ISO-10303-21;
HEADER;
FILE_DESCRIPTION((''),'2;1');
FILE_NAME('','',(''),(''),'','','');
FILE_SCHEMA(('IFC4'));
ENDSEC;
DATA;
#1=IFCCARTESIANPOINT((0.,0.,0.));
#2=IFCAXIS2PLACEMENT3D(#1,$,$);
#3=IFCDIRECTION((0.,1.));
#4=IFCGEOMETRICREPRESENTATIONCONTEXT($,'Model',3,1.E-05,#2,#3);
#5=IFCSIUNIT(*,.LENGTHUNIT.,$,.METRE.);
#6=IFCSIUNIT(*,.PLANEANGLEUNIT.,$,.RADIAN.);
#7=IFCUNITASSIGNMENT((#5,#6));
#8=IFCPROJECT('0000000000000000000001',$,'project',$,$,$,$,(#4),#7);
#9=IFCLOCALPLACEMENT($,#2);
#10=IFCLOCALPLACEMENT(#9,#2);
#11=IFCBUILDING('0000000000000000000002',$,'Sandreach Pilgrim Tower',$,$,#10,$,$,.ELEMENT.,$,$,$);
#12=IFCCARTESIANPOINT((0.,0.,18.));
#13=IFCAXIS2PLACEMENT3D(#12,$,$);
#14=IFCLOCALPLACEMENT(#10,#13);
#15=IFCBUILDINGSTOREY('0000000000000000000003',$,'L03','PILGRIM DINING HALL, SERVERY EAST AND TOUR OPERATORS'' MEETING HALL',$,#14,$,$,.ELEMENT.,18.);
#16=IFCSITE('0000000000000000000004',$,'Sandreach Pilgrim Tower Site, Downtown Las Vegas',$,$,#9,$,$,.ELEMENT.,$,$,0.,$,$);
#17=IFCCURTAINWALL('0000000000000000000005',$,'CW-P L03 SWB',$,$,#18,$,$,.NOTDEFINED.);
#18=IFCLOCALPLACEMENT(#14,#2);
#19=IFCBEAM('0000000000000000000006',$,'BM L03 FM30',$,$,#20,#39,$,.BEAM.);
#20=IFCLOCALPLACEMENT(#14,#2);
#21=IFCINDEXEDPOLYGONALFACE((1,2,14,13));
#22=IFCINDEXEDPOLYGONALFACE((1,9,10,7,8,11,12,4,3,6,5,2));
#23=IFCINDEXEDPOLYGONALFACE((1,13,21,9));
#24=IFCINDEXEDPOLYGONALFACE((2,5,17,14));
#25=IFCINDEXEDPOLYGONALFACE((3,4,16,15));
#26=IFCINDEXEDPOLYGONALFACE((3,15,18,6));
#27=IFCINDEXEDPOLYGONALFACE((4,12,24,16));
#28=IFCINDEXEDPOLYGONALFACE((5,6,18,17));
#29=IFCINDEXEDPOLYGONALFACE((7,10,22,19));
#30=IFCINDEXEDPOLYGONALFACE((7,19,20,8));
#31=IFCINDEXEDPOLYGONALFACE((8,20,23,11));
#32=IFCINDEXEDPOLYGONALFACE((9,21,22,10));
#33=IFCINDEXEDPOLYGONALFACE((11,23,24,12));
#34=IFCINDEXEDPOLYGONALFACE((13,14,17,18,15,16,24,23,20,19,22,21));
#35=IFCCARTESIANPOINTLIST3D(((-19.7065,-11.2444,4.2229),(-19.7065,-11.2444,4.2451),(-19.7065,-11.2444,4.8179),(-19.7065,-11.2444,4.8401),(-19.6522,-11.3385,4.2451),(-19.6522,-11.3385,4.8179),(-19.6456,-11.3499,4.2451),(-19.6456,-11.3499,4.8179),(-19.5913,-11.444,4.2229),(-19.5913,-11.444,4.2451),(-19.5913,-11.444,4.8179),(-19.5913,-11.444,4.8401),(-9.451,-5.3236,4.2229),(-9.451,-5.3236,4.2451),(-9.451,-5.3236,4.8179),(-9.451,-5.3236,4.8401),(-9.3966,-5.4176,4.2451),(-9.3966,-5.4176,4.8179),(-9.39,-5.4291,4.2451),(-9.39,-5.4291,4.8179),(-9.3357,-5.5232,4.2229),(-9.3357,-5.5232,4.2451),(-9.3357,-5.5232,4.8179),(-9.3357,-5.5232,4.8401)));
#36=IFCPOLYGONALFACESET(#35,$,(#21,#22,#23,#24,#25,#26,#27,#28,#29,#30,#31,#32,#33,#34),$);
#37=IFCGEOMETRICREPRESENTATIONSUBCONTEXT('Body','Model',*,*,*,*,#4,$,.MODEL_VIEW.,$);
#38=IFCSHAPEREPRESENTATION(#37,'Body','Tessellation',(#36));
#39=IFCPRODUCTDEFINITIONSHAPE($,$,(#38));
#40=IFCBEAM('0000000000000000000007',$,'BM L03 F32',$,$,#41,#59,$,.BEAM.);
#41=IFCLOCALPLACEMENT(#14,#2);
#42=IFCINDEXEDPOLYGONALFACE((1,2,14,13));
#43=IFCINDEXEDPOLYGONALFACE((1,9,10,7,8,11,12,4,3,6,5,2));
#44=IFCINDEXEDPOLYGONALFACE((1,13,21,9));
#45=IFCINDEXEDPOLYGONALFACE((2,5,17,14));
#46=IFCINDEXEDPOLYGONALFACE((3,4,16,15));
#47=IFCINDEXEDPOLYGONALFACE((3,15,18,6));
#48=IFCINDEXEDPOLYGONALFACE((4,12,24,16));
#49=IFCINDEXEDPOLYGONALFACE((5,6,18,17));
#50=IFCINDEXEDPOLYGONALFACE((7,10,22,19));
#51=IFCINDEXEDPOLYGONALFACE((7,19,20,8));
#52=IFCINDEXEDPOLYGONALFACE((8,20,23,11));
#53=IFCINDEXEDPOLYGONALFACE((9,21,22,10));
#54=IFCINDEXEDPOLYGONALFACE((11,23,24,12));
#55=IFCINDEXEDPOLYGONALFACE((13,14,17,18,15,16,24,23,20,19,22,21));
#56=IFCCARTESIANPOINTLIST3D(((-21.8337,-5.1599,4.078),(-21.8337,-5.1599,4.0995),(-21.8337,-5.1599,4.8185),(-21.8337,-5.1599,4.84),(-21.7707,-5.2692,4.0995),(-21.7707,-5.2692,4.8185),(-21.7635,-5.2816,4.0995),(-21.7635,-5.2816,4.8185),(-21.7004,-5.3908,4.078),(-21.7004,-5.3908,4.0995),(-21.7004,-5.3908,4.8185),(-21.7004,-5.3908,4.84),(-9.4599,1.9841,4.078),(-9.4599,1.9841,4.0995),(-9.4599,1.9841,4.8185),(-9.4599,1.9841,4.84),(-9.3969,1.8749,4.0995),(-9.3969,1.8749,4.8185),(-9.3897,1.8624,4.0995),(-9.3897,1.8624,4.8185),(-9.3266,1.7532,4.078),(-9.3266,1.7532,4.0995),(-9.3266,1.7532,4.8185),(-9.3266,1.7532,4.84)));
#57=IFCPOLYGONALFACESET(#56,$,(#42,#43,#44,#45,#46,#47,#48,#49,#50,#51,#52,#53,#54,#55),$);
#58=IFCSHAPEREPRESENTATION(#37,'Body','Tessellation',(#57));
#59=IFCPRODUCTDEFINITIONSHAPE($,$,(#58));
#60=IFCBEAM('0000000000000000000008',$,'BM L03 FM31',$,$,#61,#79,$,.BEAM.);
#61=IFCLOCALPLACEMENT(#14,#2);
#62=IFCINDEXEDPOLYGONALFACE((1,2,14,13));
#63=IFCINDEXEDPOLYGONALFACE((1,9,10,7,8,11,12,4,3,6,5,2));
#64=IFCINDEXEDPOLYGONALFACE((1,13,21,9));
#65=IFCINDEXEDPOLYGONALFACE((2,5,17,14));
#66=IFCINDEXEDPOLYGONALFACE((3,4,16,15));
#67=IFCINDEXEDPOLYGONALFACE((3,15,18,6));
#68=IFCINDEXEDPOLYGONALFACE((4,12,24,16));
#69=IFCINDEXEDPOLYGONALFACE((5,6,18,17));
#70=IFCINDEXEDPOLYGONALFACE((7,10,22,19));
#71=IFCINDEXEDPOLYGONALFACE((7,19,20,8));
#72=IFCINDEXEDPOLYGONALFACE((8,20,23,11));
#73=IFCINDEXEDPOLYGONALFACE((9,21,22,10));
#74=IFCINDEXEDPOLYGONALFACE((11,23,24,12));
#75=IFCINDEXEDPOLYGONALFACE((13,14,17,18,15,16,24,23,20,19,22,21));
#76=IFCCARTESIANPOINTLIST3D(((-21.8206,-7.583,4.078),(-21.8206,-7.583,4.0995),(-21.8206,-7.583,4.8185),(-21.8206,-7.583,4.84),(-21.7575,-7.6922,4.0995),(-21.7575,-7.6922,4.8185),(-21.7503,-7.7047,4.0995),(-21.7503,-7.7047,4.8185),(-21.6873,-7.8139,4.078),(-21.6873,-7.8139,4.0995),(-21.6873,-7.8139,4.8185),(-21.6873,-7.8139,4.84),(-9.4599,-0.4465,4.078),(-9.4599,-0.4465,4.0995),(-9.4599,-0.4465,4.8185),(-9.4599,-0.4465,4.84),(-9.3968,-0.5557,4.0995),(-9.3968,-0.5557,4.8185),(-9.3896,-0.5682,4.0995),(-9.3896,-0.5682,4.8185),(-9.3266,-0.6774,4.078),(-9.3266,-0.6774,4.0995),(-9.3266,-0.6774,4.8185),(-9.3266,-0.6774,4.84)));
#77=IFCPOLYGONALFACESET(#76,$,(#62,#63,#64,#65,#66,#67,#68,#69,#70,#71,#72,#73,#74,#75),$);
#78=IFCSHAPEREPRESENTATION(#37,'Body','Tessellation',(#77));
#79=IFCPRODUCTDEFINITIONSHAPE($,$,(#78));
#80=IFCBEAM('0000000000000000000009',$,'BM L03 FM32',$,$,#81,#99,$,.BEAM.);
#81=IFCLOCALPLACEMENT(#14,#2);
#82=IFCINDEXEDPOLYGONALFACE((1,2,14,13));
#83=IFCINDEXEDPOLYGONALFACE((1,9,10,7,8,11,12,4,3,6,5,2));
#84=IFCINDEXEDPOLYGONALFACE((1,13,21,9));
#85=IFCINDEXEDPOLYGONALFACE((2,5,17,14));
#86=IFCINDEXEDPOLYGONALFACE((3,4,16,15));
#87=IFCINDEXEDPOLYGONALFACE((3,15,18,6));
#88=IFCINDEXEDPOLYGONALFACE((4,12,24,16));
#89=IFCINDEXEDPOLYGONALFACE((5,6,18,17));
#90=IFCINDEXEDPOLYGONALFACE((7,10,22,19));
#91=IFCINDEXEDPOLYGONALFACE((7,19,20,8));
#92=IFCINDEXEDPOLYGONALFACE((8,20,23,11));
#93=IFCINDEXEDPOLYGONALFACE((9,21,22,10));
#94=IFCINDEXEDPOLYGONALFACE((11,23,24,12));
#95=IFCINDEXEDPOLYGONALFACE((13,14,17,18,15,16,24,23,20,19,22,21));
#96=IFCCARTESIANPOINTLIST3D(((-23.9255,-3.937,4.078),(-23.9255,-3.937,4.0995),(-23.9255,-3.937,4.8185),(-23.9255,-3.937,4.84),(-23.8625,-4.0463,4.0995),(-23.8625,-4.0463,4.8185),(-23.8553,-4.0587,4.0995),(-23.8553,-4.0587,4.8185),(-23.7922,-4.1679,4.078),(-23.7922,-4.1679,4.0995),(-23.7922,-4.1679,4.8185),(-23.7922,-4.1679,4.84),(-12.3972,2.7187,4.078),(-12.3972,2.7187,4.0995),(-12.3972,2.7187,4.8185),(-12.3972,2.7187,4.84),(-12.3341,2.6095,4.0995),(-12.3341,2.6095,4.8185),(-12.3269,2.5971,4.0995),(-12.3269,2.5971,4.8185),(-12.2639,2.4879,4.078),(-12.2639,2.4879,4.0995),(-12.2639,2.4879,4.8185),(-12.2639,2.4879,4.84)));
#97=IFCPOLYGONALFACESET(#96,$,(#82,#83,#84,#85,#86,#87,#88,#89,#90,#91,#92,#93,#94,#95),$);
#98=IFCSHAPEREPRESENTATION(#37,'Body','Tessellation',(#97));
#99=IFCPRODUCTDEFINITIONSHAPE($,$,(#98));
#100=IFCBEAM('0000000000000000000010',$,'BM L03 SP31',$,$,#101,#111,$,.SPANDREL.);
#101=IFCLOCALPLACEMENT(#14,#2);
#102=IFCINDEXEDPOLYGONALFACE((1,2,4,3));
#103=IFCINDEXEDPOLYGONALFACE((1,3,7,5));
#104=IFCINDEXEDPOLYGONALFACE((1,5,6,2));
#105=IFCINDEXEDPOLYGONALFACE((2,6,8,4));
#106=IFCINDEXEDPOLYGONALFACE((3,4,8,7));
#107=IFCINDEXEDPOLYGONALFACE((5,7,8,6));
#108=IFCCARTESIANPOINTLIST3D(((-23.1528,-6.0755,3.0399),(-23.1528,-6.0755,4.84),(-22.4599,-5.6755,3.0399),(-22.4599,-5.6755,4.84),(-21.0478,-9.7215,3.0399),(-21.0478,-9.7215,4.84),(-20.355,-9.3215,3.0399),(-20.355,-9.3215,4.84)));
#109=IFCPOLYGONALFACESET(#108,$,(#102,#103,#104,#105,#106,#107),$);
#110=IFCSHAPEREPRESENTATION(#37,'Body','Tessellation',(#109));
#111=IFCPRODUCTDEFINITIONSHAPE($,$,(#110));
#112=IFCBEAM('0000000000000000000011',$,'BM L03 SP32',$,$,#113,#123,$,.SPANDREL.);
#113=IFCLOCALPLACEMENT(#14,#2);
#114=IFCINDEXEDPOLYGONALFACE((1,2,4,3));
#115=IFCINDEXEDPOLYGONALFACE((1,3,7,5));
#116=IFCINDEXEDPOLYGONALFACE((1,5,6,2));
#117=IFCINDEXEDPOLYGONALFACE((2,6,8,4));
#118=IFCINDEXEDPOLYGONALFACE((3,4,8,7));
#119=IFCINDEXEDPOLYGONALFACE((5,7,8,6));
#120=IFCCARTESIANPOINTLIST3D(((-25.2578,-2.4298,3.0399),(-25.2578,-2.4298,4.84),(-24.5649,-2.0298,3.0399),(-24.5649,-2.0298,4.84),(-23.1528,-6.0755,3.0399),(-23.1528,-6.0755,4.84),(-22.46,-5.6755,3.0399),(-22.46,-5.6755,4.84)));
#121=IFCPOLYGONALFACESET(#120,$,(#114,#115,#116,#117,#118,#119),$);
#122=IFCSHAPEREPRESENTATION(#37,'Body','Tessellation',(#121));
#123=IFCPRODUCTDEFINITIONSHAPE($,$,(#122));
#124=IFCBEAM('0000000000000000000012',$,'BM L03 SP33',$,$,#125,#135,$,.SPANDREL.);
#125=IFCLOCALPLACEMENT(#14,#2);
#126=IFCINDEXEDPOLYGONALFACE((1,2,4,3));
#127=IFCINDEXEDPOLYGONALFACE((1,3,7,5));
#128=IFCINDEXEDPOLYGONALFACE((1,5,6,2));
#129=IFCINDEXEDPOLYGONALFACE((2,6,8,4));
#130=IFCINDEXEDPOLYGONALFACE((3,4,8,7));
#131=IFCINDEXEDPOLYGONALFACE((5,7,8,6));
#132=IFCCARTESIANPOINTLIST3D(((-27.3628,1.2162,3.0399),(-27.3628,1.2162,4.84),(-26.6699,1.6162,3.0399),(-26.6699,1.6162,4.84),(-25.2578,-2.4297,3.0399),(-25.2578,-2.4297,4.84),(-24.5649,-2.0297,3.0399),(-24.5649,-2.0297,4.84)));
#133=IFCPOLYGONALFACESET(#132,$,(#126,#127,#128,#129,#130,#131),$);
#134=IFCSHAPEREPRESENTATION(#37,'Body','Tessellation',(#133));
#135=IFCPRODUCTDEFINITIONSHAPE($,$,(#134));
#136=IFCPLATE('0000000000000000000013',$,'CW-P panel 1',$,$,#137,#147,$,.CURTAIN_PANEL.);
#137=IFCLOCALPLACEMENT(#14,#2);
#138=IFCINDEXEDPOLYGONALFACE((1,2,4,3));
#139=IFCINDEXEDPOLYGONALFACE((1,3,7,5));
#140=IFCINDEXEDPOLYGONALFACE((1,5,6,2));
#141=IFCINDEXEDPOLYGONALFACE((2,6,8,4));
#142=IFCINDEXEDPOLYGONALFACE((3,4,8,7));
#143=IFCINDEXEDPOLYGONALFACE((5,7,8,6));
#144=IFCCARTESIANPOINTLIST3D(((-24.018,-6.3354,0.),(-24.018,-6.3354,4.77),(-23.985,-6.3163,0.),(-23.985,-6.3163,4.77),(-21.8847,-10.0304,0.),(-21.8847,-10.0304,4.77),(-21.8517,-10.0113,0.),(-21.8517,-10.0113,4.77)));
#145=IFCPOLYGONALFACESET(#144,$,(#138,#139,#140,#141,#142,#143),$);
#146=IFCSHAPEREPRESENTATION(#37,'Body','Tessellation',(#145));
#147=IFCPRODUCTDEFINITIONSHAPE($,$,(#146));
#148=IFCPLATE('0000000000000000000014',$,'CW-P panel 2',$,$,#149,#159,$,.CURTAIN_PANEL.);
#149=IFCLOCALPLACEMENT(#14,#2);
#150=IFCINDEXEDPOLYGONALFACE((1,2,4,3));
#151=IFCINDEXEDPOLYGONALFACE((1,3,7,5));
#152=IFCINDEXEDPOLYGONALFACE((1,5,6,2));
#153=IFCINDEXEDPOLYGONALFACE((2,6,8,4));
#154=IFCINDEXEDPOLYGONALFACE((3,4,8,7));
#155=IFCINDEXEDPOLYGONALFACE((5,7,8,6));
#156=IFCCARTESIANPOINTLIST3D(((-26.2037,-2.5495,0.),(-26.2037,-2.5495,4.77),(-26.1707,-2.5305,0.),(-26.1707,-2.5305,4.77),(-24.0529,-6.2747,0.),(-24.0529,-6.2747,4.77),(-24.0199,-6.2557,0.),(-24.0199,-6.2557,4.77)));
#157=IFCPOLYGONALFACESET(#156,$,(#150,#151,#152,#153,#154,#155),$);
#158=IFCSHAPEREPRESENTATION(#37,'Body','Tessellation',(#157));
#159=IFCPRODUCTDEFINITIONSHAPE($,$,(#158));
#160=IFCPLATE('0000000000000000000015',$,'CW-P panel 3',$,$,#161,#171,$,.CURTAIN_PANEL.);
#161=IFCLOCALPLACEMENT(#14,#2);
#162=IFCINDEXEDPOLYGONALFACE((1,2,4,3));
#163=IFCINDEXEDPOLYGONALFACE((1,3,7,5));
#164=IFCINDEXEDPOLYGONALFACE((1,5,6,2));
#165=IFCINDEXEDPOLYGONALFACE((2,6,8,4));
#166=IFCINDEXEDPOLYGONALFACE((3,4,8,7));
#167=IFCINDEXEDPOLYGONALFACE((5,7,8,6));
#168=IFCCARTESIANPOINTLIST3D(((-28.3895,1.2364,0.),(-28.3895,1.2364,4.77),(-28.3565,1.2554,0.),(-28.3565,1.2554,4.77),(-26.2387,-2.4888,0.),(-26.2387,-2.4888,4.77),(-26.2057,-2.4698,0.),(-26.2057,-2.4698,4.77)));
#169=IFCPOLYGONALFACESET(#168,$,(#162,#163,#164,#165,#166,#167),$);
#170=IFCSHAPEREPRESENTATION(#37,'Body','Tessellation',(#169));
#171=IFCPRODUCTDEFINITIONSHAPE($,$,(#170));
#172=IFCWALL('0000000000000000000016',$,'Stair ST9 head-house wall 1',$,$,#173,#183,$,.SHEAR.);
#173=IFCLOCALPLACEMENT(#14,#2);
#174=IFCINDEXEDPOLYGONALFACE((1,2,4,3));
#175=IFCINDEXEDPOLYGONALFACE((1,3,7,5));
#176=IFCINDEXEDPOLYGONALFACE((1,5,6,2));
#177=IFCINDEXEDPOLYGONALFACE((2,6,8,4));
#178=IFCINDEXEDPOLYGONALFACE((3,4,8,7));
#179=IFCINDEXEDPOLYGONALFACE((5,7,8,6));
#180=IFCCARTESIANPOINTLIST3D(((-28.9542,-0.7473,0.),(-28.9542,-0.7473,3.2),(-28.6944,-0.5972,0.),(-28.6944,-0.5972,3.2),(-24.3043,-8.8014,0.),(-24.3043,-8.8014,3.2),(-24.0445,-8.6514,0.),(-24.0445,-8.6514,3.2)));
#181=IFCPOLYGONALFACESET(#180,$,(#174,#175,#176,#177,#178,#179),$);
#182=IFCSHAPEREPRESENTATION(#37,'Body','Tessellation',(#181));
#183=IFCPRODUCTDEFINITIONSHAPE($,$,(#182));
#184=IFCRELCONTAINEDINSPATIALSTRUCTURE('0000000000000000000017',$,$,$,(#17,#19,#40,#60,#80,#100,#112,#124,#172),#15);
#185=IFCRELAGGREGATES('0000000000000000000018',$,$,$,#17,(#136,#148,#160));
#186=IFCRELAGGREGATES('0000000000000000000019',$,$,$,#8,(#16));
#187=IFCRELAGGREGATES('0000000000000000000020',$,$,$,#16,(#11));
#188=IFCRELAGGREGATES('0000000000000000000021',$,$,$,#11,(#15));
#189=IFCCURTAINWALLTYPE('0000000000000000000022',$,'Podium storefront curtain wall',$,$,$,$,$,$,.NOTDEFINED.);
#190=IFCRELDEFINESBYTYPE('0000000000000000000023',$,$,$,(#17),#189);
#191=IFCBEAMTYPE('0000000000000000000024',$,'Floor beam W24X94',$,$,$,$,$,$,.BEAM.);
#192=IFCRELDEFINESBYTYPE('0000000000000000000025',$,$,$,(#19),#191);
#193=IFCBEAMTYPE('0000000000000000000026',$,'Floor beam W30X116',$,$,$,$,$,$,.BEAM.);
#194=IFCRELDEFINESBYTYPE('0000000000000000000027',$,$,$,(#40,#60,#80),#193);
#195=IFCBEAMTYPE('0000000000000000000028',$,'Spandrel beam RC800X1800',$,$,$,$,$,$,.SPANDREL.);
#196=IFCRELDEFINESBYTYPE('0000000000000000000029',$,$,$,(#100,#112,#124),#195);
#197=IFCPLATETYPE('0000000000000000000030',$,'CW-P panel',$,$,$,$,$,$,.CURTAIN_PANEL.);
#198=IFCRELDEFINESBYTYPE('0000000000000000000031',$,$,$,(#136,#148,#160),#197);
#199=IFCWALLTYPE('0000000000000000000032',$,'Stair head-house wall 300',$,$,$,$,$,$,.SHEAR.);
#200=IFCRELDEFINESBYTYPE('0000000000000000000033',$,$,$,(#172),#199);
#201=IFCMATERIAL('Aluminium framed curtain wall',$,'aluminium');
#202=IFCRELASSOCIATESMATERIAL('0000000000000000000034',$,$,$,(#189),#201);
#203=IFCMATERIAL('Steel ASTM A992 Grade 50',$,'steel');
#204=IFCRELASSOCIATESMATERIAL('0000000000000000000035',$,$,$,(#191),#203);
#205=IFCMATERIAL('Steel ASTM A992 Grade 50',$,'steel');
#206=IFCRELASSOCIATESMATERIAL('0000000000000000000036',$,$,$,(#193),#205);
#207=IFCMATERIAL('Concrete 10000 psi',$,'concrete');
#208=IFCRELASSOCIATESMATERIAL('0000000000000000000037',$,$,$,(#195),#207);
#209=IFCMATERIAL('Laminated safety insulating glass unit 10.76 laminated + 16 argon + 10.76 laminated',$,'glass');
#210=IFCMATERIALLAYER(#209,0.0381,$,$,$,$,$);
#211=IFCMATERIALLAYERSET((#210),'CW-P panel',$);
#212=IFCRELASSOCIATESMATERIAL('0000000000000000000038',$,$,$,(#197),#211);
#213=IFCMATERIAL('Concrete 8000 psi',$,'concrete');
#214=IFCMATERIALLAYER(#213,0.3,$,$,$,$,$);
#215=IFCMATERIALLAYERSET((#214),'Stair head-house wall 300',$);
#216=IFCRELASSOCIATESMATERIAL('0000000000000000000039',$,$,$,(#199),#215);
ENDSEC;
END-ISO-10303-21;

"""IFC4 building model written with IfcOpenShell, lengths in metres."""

from ifc_helpers import new_model, si_unit, direction, frame, frame_2d, origin, origin_2d, place, context, subcontext, project, spatial, rectangle, i_section, extrude, material, layer, layer_set, material_profile, profile_set, type_object, element, aggregate, save


model = new_model("IFC4")

# Units and contexts
model_context = context("Model", 3, precision=1e-05, world=origin(), true_north=direction((0.0, 1.0)))
body_context = subcontext(model_context, "Body", "Model", "MODEL_VIEW")
ifc_project = project(units=[si_unit("LENGTHUNIT", "METRE"), si_unit("PLANEANGLEUNIT", "RADIAN")], contexts=[model_context])

# Site, building, storey
site_placement = place(None, origin())
site = spatial("IfcSite", under=ifc_project, at=site_placement, Name="Sandreach Pilgrim Tower Site, Downtown Las Vegas", CompositionType="ELEMENT", RefElevation=0.0)
building_placement = place(site_placement, origin())
building = spatial("IfcBuilding", under=site, at=building_placement, Name="Sandreach Pilgrim Tower", CompositionType="ELEMENT")
storey_placement = place(building_placement, frame((0.0, 0.0, 18.0)))
storey = spatial("IfcBuildingStorey", under=building, at=storey_placement, Name="L03", Description="PILGRIM DINING HALL, SERVERY EAST AND TOUR OPERATORS' MEETING HALL", CompositionType="ELEMENT", Elevation=18.0)

# Curtain wall
ifc_material_1 = material(Name="Aluminium framed curtain wall", Category="aluminium")
curtain_wall_type = type_object("IfcCurtainWallType", Name="Podium storefront curtain wall", PredefinedType="NOTDEFINED", material=ifc_material_1)
curtain_wall_placement = place(storey_placement, origin())
curtain_wall = element("IfcCurtainWall", 1, at=curtain_wall_placement, inside=storey, type_object=curtain_wall_type, Name="CW-P L03 SWB", PredefinedType="NOTDEFINED")

# Beams
ifc_material_2 = material(Name="Steel ASTM A992 Grade 50", Category="steel")
ifc_material_profile_1 = material_profile(ifc_material_2, i_section(OverallWidth=0.2305, OverallDepth=0.6172, WebThickness=0.0132, FlangeThickness=0.0222, at=origin_2d()), Name="W24X94")
ifc_profile_set_1 = profile_set([ifc_material_profile_1], Name="Steel ASTM A992 Grade 50")
beam_type_1 = type_object("IfcBeamType", Name="Floor beam W24X94", PredefinedType="BEAM", material=ifc_profile_set_1)
beam_1_placement = place(storey_placement, frame((-19.6489, -11.3442, 4.5315), z_axis=(0.866032, 0.499988, 0.0), x_axis=(-0.499988, 0.866032, 0.0)))
element("IfcBeam", 2, at=beam_1_placement, inside=storey, type_object=beam_type_1, Name="BM L03 FM30", PredefinedType="BEAM", context=body_context, shape_type="SweptSolid", body=[
    extrude(i_section(OverallWidth=0.2305, OverallDepth=0.6172, WebThickness=0.0132, FlangeThickness=0.0222, at=origin_2d()), origin(), (0.0, 0.0, 1.0), 11.842),
])
ifc_material_3 = material(Name="Steel ASTM A992 Grade 50", Category="steel")
ifc_material_profile_2 = material_profile(ifc_material_3, i_section(OverallWidth=0.2666, OverallDepth=0.762, WebThickness=0.0144, FlangeThickness=0.0215, at=origin_2d()), Name="W30X116")
ifc_profile_set_2 = profile_set([ifc_material_profile_2], Name="Steel ASTM A992 Grade 50")
beam_type_2 = type_object("IfcBeamType", Name="Floor beam W30X116", PredefinedType="BEAM", material=ifc_profile_set_2)
beam_2_placement = place(storey_placement, frame((-21.7671, -5.2754, 4.459), z_axis=(0.866024, 0.500002, 0.0), x_axis=(-0.500002, 0.866024, 0.0)))
element("IfcBeam", 3, at=beam_2_placement, inside=storey, type_object=beam_type_2, Name="BM L03 F32", PredefinedType="BEAM", context=body_context, shape_type="SweptSolid", body=[
    extrude(i_section(OverallWidth=0.2666, OverallDepth=0.762, WebThickness=0.0144, FlangeThickness=0.0215, at=origin_2d()), origin(), (0.0, 0.0, 1.0), 14.2881),
])
beam_3_placement = place(storey_placement, frame((-21.7539, -7.6985, 4.459), z_axis=(0.866023, 0.500004, 0.0), x_axis=(-0.500004, 0.866023, 0.0)))
element("IfcBeam", 4, at=beam_3_placement, inside=storey, type_object=beam_type_2, Name="BM L03 FM31", PredefinedType="BEAM", context=body_context, shape_type="SweptSolid", body=[
    extrude(i_section(OverallWidth=0.2666, OverallDepth=0.762, WebThickness=0.0144, FlangeThickness=0.0215, at=origin_2d()), origin(), (0.0, 0.0, 1.0), 14.2729),
])
beam_4_placement = place(storey_placement, frame((-23.8589, -4.0525, 4.459), z_axis=(0.866029, 0.499993, 0.0), x_axis=(-0.499993, 0.866029, 0.0)))
element("IfcBeam", 5, at=beam_4_placement, inside=storey, type_object=beam_type_2, Name="BM L03 FM32", PredefinedType="BEAM", context=body_context, shape_type="SweptSolid", body=[
    extrude(i_section(OverallWidth=0.2666, OverallDepth=0.762, WebThickness=0.0144, FlangeThickness=0.0215, at=origin_2d()), origin(), (0.0, 0.0, 1.0), 13.3118),
])
ifc_material_4 = material(Name="Concrete 10000 psi", Category="concrete")
ifc_material_profile_3 = material_profile(ifc_material_4, rectangle(XDim=0.8, YDim=1.8, at=origin_2d()), Name="RC800X1800")
ifc_profile_set_3 = profile_set([ifc_material_profile_3], Name="Concrete 10000 psi")
beam_type_3 = type_object("IfcBeamType", Name="Spandrel beam RC800X1800", PredefinedType="SPANDREL", material=ifc_profile_set_3)
beam_5_placement = place(storey_placement, frame((-20.7014, -9.5215, 3.9399), z_axis=(-0.499994, 0.866029, 0.0), x_axis=(-0.866029, -0.499994, 0.0)))
element("IfcBeam", 6, at=beam_5_placement, inside=storey, type_object=beam_type_3, Name="BM L03 SP31", PredefinedType="SPANDREL", context=body_context, shape_type="SweptSolid", body=[
    extrude(rectangle(XDim=0.8, YDim=1.8, at=origin_2d()), origin(), (0.0, 0.0, 1.0), 4.21),
])
beam_6_placement = place(storey_placement, frame((-22.8064, -5.8755, 3.9399), z_axis=(-0.500019, 0.866015, 0.0), x_axis=(-0.866015, -0.500019, 0.0)))
element("IfcBeam", 7, at=beam_6_placement, inside=storey, type_object=beam_type_3, Name="BM L03 SP32", PredefinedType="SPANDREL", context=body_context, shape_type="SweptSolid", body=[
    extrude(rectangle(XDim=0.8, YDim=1.8, at=origin_2d()), origin(), (0.0, 0.0, 1.0), 4.2097),
])
beam_7_placement = place(storey_placement, frame((-24.9114, -2.2297, 3.9399), z_axis=(-0.499994, 0.866029, 0.0), x_axis=(-0.866029, -0.499994, 0.0)))
element("IfcBeam", 8, at=beam_7_placement, inside=storey, type_object=beam_type_3, Name="BM L03 SP33", PredefinedType="SPANDREL", context=body_context, shape_type="SweptSolid", body=[
    extrude(rectangle(XDim=0.8, YDim=1.8, at=origin_2d()), origin(), (0.0, 0.0, 1.0), 4.21),
])

# Plates
ifc_material_5 = material(Name="Laminated safety insulating glass unit 10.76 laminated + 16 argon + 10.76 laminated", Category="glass")
ifc_layer_1 = layer(ifc_material_5, 0.0381)
ifc_layer_set_1 = layer_set([ifc_layer_1], Name="CW-P panel")
plate_type = type_object("IfcPlateType", Name="CW-P panel", PredefinedType="CURTAIN_PANEL", material=ifc_layer_set_1)
plate_1_placement = place(storey_placement, frame((-22.9348, -8.1733, 0.0), z_axis=(0.0, 0.0, 1.0), x_axis=(-0.5, 0.866025, 0.0)))
plate_1 = element("IfcPlate", 9, at=plate_1_placement, type_object=plate_type, Name="CW-P panel 1", PredefinedType="CURTAIN_PANEL", context=body_context, shape_type="SweptSolid", body=[
    extrude(rectangle(XDim=4.2666, YDim=0.0381, at=origin_2d()), origin(), (0.0, 0.0, 1.0), 4.77),
])
plate_2_placement = place(storey_placement, frame((-25.1118, -4.4026, 0.0), z_axis=(0.0, 0.0, 1.0), x_axis=(-0.5, 0.866025, 0.0)))
plate_2 = element("IfcPlate", 10, at=plate_2_placement, type_object=plate_type, Name="CW-P panel 2", PredefinedType="CURTAIN_PANEL", context=body_context, shape_type="SweptSolid", body=[
    extrude(rectangle(XDim=4.3015, YDim=0.0381, at=origin_2d()), origin(), (0.0, 0.0, 1.0), 4.77),
])
plate_3_placement = place(storey_placement, frame((-27.2976, -0.6167, 0.0), z_axis=(0.0, 0.0, 1.0), x_axis=(-0.5, 0.866025, 0.0)))
plate_3 = element("IfcPlate", 11, at=plate_3_placement, type_object=plate_type, Name="CW-P panel 3", PredefinedType="CURTAIN_PANEL", context=body_context, shape_type="SweptSolid", body=[
    extrude(rectangle(XDim=4.3015, YDim=0.0381, at=origin_2d()), origin(), (0.0, 0.0, 1.0), 4.77),
])
aggregate(curtain_wall, [plate_1, plate_2, plate_3])

# Wall
ifc_material_6 = material(Name="Concrete 8000 psi", Category="concrete")
ifc_layer_2 = layer(ifc_material_6, 0.3)
ifc_layer_set_2 = layer_set([ifc_layer_2], Name="Stair head-house wall 300")
wall_type = type_object("IfcWallType", Name="Stair head-house wall 300", PredefinedType="SHEAR", material=ifc_layer_set_2)
wall_1_placement = place(storey_placement, frame((-28.8242, -0.6724, 0.0), z_axis=(0.0, 0.0, 1.0), x_axis=(0.499985, -0.866034, 0.0)))
element("IfcWall", 12, at=wall_1_placement, inside=storey, type_object=wall_type, Name="Stair ST9 head-house wall 1", PredefinedType="SHEAR", context=body_context, shape_type="SweptSolid", body=[
    extrude(rectangle(XDim=9.3, YDim=0.3, at=frame_2d((4.6499, 0.0))), origin(), (0.0, 0.0, 1.0), 3.2),
])

save(model, "model.ifc")
